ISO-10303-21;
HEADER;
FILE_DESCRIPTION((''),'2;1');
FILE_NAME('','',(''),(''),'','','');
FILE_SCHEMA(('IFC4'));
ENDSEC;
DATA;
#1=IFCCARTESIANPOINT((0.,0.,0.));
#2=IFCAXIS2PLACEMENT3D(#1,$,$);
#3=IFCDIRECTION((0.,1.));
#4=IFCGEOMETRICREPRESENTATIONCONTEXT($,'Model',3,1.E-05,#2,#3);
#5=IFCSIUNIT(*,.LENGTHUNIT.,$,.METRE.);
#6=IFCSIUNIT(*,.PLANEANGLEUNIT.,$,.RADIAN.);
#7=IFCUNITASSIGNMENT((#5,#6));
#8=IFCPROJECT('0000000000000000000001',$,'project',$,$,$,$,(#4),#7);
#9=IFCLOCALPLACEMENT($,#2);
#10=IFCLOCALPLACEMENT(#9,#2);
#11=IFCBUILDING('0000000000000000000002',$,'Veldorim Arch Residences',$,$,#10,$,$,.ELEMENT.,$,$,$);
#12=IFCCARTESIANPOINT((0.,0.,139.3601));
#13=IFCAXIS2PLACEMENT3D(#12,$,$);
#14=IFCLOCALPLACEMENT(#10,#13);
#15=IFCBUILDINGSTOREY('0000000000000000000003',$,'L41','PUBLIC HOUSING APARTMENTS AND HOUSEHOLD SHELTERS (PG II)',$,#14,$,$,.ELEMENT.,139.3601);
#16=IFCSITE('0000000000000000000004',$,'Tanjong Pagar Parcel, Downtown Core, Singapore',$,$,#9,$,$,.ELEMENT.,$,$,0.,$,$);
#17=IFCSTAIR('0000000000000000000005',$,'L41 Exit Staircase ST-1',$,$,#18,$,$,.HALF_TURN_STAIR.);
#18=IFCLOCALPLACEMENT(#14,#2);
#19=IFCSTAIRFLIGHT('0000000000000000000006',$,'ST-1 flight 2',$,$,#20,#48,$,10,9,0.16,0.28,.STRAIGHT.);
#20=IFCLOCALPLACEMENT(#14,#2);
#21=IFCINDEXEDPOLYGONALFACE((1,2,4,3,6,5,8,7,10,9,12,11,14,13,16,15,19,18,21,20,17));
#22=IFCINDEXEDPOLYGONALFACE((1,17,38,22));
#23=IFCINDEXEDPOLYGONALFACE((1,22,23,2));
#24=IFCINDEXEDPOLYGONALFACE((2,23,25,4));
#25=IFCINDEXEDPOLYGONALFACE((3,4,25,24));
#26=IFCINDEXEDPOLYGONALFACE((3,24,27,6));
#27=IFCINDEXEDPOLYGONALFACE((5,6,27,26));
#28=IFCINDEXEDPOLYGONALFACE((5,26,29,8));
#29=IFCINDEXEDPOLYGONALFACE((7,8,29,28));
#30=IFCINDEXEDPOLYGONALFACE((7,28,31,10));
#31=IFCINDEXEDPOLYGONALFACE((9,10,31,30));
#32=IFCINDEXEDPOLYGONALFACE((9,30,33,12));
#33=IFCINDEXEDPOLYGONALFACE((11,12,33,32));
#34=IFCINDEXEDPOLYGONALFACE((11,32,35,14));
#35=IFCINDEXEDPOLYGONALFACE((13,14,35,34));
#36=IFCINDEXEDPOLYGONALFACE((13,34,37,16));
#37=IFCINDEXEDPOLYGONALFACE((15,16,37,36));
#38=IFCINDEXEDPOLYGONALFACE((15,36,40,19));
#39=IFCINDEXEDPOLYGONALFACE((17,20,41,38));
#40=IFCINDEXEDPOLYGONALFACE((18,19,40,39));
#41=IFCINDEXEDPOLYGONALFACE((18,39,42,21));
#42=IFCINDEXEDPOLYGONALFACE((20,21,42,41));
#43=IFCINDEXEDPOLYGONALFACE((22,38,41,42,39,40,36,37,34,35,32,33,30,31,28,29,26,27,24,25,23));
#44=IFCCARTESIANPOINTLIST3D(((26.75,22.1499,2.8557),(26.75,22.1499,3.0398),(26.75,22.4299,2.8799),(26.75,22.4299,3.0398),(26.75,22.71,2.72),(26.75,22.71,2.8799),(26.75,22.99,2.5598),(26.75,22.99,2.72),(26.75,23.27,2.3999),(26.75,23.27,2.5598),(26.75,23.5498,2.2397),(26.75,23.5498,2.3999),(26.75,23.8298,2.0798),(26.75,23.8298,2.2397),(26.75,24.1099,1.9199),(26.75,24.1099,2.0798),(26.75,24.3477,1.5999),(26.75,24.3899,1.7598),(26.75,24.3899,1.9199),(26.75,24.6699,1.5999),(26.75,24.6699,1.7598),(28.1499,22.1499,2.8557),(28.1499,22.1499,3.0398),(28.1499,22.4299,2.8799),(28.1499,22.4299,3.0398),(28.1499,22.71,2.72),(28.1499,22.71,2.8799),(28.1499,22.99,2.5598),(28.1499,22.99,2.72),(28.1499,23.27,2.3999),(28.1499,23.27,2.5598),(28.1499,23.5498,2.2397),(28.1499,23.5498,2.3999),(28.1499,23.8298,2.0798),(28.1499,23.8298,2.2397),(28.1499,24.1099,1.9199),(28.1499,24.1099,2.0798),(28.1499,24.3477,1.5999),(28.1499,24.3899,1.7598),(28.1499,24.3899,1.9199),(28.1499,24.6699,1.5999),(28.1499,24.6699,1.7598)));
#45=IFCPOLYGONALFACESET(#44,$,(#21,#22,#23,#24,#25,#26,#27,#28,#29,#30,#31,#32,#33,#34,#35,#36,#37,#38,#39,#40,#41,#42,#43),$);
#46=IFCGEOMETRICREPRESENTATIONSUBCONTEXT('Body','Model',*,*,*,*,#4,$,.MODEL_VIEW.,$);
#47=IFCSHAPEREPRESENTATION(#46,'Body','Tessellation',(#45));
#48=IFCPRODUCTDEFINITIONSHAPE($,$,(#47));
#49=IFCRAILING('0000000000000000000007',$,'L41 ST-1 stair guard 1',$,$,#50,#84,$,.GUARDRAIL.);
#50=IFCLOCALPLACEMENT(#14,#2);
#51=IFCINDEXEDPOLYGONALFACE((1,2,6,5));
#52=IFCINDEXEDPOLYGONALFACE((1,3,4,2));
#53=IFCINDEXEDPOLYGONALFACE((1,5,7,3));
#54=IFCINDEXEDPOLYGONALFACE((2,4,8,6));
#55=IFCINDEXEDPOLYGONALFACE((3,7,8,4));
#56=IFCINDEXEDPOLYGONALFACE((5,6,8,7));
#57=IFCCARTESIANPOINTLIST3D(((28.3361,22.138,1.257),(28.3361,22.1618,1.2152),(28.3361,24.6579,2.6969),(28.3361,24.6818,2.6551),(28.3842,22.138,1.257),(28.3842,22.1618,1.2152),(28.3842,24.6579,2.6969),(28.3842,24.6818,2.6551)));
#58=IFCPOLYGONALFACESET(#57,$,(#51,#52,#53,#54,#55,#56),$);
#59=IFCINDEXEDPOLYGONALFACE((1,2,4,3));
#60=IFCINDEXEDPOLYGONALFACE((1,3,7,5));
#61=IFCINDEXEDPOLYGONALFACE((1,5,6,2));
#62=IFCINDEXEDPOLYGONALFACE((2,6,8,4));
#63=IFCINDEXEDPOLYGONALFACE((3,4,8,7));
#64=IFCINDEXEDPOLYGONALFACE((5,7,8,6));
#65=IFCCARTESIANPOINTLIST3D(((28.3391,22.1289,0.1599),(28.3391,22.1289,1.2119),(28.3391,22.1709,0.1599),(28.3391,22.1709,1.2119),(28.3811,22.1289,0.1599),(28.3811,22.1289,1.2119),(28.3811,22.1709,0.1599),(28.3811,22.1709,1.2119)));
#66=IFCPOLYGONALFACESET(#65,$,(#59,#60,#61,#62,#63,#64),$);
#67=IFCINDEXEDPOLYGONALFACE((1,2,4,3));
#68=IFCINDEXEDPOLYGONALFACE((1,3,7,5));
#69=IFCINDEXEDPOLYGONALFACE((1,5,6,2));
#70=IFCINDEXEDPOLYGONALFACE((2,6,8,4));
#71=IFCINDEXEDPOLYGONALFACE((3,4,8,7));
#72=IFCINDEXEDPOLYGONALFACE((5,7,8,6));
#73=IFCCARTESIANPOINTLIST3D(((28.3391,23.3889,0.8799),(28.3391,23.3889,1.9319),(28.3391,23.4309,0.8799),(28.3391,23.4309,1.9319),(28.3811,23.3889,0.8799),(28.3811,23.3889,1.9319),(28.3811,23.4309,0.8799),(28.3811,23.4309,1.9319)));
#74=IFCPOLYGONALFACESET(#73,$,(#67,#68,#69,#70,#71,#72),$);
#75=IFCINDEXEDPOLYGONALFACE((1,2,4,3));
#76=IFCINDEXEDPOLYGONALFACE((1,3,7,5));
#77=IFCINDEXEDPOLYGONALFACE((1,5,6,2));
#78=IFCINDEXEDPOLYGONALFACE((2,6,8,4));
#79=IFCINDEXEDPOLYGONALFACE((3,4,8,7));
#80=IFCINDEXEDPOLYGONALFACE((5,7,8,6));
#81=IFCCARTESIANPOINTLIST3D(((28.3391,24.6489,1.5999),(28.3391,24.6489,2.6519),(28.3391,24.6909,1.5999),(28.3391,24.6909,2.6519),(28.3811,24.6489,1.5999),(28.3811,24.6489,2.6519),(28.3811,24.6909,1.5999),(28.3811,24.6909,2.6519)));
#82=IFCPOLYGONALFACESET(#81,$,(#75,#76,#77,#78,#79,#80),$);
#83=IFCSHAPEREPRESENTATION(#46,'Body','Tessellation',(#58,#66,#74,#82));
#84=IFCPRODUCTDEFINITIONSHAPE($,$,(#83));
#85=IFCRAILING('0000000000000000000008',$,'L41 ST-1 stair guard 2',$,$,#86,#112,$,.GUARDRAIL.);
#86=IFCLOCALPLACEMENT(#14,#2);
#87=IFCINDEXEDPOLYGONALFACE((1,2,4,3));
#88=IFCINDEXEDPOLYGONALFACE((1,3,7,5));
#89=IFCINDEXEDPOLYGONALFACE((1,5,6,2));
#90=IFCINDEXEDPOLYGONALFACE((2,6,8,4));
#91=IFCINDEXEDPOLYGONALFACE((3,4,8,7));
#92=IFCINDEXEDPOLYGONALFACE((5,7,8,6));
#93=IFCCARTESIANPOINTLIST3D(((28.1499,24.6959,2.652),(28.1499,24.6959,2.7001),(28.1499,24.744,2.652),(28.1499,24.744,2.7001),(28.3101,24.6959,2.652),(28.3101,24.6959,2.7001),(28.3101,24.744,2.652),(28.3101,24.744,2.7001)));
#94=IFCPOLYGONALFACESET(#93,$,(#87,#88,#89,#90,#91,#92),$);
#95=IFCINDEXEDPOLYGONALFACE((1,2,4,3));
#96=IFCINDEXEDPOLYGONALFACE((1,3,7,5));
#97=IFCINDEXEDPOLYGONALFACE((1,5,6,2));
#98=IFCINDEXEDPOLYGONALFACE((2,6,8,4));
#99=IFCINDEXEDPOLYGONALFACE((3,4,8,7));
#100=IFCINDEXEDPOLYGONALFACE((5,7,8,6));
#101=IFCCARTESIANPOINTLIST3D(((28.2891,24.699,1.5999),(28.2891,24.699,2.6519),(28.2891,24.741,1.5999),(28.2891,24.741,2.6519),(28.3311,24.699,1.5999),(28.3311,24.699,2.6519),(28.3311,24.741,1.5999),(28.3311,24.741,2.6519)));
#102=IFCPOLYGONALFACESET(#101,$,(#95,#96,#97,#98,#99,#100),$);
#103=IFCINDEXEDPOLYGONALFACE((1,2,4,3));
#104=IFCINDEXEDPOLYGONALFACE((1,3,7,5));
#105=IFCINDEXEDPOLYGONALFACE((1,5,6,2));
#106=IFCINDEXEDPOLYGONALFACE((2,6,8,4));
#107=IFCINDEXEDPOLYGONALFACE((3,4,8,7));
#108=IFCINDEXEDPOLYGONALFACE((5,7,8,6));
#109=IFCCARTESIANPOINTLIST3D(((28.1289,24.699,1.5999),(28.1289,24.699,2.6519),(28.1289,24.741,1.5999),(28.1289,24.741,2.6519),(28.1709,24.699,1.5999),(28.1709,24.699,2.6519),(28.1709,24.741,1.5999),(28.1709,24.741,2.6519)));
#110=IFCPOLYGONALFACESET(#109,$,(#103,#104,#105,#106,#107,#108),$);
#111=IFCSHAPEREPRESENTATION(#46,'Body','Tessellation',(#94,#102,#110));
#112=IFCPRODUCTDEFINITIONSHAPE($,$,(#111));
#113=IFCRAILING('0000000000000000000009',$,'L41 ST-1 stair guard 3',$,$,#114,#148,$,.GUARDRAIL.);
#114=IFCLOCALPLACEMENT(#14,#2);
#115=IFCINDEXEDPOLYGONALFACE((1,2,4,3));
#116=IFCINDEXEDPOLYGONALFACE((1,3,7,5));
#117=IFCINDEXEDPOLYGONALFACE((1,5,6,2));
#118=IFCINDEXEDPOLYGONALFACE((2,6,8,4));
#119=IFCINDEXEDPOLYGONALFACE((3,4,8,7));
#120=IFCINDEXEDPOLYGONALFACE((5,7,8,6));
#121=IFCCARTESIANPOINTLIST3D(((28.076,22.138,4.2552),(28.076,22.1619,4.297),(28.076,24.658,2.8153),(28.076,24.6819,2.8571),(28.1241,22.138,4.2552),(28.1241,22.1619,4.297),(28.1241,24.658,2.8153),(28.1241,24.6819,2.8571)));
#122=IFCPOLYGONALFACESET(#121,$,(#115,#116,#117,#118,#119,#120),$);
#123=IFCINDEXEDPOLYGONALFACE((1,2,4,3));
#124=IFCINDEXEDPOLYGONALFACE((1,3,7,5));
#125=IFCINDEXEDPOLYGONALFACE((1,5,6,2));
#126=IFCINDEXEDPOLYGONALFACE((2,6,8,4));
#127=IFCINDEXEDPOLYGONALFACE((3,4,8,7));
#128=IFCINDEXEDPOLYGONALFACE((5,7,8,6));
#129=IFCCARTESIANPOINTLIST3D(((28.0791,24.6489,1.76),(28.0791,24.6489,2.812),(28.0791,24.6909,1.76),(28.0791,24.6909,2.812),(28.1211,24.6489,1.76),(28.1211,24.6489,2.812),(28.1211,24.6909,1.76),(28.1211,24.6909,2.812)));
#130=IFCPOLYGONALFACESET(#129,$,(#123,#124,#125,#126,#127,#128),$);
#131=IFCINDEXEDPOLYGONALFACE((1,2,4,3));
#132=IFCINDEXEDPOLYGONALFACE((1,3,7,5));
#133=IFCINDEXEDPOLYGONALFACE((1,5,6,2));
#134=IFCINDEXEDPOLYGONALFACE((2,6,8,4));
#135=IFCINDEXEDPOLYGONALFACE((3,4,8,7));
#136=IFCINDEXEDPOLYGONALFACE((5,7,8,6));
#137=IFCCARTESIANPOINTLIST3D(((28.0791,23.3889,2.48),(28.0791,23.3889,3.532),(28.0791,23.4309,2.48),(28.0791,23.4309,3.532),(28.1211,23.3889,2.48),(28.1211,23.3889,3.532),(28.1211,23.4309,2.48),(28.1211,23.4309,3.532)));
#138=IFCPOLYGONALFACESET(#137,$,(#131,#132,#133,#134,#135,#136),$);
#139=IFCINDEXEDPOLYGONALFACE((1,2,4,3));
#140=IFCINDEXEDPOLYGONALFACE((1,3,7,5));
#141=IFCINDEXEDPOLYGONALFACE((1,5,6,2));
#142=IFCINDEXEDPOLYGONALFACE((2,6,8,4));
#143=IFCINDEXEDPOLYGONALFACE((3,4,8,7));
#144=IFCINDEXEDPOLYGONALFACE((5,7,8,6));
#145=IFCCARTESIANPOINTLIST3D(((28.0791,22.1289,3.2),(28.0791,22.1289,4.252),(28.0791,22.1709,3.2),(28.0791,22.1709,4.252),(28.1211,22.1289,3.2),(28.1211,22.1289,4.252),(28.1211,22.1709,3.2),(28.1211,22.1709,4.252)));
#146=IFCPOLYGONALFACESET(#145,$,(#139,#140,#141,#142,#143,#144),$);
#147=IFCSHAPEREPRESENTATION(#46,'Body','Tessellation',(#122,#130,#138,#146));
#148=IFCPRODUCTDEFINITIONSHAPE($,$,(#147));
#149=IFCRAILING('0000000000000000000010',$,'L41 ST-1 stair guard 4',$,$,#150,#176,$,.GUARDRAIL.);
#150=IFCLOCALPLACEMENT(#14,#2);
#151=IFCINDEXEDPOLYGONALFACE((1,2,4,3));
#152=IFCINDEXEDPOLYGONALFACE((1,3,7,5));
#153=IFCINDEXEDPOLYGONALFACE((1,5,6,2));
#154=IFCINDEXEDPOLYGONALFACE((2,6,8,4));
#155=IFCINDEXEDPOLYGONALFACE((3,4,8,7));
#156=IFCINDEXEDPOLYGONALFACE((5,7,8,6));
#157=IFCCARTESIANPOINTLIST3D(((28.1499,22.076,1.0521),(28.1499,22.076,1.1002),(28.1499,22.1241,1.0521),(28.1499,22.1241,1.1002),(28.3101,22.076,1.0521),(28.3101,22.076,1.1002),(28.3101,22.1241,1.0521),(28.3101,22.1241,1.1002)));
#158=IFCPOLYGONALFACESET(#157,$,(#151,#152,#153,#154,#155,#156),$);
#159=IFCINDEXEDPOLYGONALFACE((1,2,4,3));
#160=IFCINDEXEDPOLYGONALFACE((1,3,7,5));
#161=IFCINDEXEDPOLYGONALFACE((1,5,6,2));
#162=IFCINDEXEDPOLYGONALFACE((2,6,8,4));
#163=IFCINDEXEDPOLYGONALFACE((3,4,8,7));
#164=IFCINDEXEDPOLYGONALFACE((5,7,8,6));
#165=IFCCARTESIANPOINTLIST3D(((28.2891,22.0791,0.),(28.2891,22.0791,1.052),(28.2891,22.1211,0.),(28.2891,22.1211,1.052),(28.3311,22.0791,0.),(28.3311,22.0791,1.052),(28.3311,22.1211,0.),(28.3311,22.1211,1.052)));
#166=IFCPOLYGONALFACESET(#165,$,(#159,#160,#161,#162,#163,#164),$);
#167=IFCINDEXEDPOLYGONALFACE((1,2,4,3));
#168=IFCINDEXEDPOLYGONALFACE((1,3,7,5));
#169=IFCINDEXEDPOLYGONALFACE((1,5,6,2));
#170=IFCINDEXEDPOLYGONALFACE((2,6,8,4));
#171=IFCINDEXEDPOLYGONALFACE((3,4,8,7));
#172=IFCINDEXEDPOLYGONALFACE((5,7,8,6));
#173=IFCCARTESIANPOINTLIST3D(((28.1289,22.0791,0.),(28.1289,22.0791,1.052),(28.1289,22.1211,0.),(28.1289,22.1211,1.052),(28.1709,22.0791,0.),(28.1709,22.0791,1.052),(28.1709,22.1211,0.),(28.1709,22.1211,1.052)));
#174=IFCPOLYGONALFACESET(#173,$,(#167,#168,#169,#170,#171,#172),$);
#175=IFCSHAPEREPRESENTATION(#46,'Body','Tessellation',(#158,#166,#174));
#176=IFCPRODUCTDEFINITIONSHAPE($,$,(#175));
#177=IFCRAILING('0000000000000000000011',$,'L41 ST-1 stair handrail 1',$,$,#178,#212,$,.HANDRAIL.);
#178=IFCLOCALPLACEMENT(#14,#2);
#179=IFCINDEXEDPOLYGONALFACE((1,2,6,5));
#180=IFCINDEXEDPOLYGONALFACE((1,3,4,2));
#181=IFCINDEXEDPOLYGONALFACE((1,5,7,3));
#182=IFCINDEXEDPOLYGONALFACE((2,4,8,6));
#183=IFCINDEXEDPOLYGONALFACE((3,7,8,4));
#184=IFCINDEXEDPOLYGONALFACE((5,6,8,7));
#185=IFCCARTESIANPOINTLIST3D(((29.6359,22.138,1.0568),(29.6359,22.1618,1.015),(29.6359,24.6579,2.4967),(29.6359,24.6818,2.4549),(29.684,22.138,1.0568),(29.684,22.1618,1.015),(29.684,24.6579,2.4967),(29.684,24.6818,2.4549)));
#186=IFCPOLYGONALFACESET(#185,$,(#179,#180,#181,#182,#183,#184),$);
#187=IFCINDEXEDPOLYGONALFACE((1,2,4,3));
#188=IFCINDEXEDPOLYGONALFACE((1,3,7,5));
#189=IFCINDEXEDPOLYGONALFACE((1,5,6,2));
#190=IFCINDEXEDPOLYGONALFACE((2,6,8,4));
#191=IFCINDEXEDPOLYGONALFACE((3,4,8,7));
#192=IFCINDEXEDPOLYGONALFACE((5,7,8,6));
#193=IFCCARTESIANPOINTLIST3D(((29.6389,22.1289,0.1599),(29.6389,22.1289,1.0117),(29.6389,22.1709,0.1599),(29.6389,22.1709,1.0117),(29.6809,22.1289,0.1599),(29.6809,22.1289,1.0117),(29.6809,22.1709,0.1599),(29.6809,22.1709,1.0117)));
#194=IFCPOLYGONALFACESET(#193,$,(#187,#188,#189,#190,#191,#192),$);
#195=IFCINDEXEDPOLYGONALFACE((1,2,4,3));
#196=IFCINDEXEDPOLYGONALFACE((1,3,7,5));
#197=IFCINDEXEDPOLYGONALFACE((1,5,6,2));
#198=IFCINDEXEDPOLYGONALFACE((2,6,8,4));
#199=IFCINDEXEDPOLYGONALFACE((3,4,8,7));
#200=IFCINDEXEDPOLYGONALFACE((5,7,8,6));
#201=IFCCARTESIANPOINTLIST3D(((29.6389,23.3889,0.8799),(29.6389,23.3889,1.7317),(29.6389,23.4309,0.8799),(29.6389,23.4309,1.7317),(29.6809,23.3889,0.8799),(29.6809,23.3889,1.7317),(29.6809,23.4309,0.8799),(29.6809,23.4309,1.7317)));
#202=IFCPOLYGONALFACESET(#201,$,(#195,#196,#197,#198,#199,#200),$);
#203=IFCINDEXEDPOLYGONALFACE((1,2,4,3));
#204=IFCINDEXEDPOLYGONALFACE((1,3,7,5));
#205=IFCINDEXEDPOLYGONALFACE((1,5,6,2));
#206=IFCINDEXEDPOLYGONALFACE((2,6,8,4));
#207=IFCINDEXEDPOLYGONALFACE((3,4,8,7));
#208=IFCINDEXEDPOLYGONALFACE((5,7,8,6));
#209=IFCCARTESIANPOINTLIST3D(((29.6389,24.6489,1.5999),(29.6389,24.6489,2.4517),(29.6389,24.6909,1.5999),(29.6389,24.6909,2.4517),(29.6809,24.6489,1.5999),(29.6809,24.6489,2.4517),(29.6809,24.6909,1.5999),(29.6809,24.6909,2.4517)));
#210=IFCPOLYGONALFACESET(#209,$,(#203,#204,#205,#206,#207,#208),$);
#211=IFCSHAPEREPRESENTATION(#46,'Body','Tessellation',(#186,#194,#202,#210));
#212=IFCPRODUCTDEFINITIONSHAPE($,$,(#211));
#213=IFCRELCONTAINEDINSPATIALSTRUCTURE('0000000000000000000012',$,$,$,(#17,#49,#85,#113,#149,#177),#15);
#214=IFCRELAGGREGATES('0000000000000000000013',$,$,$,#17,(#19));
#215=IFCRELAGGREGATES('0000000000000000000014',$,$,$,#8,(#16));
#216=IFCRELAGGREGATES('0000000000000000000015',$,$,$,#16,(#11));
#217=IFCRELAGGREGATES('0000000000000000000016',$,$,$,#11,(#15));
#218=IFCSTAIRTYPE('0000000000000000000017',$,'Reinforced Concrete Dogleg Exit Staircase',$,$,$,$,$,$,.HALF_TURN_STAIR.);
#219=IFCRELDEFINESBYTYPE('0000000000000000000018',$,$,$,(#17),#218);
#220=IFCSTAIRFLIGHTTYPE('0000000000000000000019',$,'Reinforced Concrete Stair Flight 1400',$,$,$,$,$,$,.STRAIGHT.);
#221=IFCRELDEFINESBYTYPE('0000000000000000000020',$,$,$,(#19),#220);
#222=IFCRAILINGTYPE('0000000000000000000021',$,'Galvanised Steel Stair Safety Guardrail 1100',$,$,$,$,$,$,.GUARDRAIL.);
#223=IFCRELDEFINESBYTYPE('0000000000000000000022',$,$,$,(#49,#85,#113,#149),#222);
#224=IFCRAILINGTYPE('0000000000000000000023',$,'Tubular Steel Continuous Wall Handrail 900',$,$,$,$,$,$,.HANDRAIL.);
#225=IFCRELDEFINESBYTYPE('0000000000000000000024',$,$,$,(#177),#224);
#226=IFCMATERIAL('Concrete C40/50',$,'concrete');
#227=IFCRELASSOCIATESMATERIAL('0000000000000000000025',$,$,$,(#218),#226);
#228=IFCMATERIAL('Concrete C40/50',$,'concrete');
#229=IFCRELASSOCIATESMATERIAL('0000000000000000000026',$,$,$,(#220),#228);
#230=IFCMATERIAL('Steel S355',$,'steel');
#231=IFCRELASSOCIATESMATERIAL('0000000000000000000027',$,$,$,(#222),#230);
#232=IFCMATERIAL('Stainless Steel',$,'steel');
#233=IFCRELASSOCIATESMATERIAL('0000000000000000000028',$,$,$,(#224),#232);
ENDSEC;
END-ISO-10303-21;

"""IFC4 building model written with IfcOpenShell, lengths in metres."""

from ifc_helpers import new_model, si_unit, direction, frame, origin, origin_2d, place, context, subcontext, project, spatial, polyline, rectangle, outline, extrude, material, type_object, element, aggregate, save


model = new_model("IFC4")

# Units and contexts
model_context = context("Model", 3, precision=1e-05, world=origin(), true_north=direction((0.0, 1.0)))
body_context = subcontext(model_context, "Body", "Model", "MODEL_VIEW")
ifc_project = project(units=[si_unit("LENGTHUNIT", "METRE"), si_unit("PLANEANGLEUNIT", "RADIAN")], contexts=[model_context])

# Site, building, storey
site_placement = place(None, origin())
site = spatial("IfcSite", under=ifc_project, at=site_placement, Name="Tanjong Pagar Parcel, Downtown Core, Singapore", CompositionType="ELEMENT", RefElevation=0.0)
building_placement = place(site_placement, origin())
building = spatial("IfcBuilding", under=site, at=building_placement, Name="Veldorim Arch Residences", CompositionType="ELEMENT")
storey_placement = place(building_placement, frame((0.0, 0.0, 139.3601)))
storey = spatial("IfcBuildingStorey", under=building, at=storey_placement, Name="L41", Description="PUBLIC HOUSING APARTMENTS AND HOUSEHOLD SHELTERS (PG II)", CompositionType="ELEMENT", Elevation=139.3601)

# Stair, stair flight
ifc_material_1 = material(Name="Concrete C40/50", Category="concrete")
stair_type = type_object("IfcStairType", Name="Reinforced Concrete Dogleg Exit Staircase", PredefinedType="HALF_TURN_STAIR", material=ifc_material_1)
stair_placement = place(storey_placement, origin())
stair = element("IfcStair", 1, at=stair_placement, inside=storey, type_object=stair_type, Name="L41 Exit Staircase ST-1", PredefinedType="HALF_TURN_STAIR")
ifc_material_2 = material(Name="Concrete C40/50", Category="concrete")
stair_flight_type = type_object("IfcStairFlightType", Name="Reinforced Concrete Stair Flight 1400", PredefinedType="STRAIGHT", material=ifc_material_2)
stair_flight_1_placement = place(storey_placement, frame((27.45, 24.6699, 1.5999), z_axis=(0.0, 0.0, 1.0), x_axis=(0.0, -1.0, 0.0)))
stair_flight_1 = element("IfcStairFlight", 2, at=stair_flight_1_placement, type_object=stair_flight_type, Name="ST-1 flight 2", NumberOfRisers=10, NumberOfTreads=9, PredefinedType="STRAIGHT", RiserHeight=0.16, TreadLength=0.28, context=body_context, shape_type="SweptSolid", body=[
    extrude(outline(polyline([(0.0, 0.0), (0.0, 0.1599), (0.28, 0.1599), (0.28, 0.3201), (0.5601, 0.3201), (0.5601, 0.48), (0.8401, 0.48), (0.8401, 0.6399), (1.1201, 0.6399), (1.1201, 0.8), (1.3999, 0.8), (1.3999, 0.96), (1.6799, 0.96), (1.6799, 1.1201), (1.96, 1.1201), (1.96, 1.28), (2.24, 1.28), (2.24, 1.4399), (2.52, 1.4399), (2.52, 1.6001), (2.52, 1.2559), (0.3223, 0.0), (0.0, 0.0)])), frame((0.0, 0.7, 0.0), z_axis=(0.0, -1.0, 0.0), x_axis=(1.0, 0.0, 0.0)), (0.0, 0.0, 1.0), 1.3999),
])
aggregate(stair, [stair_flight_1])

# Railings
ifc_material_3 = material(Name="Steel S355", Category="steel")
railing_type_1 = type_object("IfcRailingType", Name="Galvanised Steel Stair Safety Guardrail 1100", PredefinedType="GUARDRAIL", material=ifc_material_3)
railing_1_placement = place(storey_placement, frame((28.3601, 22.1499, 0.1599)))
element("IfcRailing", 3, at=railing_1_placement, inside=storey, type_object=railing_type_1, Name="L41 ST-1 stair guard 1", PredefinedType="GUARDRAIL", context=body_context, shape_type="SweptSolid", body=[
    extrude(rectangle(XDim=0.0481, YDim=0.0481, at=origin_2d()), frame((0.0, 0.0, 1.0762), z_axis=(0.0, 0.868253, 0.496121), x_axis=(-1.0, 0.0, 0.0)), (0.0, 0.0, 1.0), 2.9023),
    extrude(rectangle(XDim=0.042, YDim=0.042, at=origin_2d()), origin(), (0.0, 0.0, 1.0), 1.052),
    extrude(rectangle(XDim=0.042, YDim=0.042, at=origin_2d()), frame((0.0, 1.26, 0.72)), (0.0, 0.0, 1.0), 1.052),
    extrude(rectangle(XDim=0.042, YDim=0.042, at=origin_2d()), frame((0.0, 2.52, 1.4399)), (0.0, 0.0, 1.0), 1.052),
])
railing_2_placement = place(storey_placement, frame((28.3101, 24.72, 1.5999)))
element("IfcRailing", 4, at=railing_2_placement, inside=storey, type_object=railing_type_1, Name="L41 ST-1 stair guard 2", PredefinedType="GUARDRAIL", context=body_context, shape_type="SweptSolid", body=[
    extrude(rectangle(XDim=0.0481, YDim=0.0481, at=origin_2d()), frame((0.0, 0.0, 1.0762), z_axis=(-1.0, 0.0, 0.0), x_axis=(0.0, -1.0, 0.0)), (0.0, 0.0, 1.0), 0.1602),
    extrude(rectangle(XDim=0.042, YDim=0.042, at=origin_2d()), origin(), (0.0, 0.0, 1.0), 1.052),
    extrude(rectangle(XDim=0.042, YDim=0.042, at=origin_2d()), frame((-0.1602, 0.0, 0.0)), (0.0, 0.0, 1.0), 1.052),
])
railing_3_placement = place(storey_placement, frame((28.1001, 24.6699, 1.76)))
element("IfcRailing", 5, at=railing_3_placement, inside=storey, type_object=railing_type_1, Name="L41 ST-1 stair guard 3", PredefinedType="GUARDRAIL", context=body_context, shape_type="SweptSolid", body=[
    extrude(rectangle(XDim=0.0481, YDim=0.0481, at=origin_2d()), frame((0.0, 0.0, 1.0762), z_axis=(0.0, -0.868253, 0.496121), x_axis=(1.0, 0.0, 0.0)), (0.0, 0.0, 1.0), 2.9023),
    extrude(rectangle(XDim=0.042, YDim=0.042, at=origin_2d()), origin(), (0.0, 0.0, 1.0), 1.052),
    extrude(rectangle(XDim=0.042, YDim=0.042, at=origin_2d()), frame((0.0, -1.26, 0.72)), (0.0, 0.0, 1.0), 1.052),
    extrude(rectangle(XDim=0.042, YDim=0.042, at=origin_2d()), frame((0.0, -2.52, 1.4399)), (0.0, 0.0, 1.0), 1.052),
])
railing_4_placement = place(storey_placement, frame((28.3101, 22.1001, 0.0)))
element("IfcRailing", 6, at=railing_4_placement, inside=storey, type_object=railing_type_1, Name="L41 ST-1 stair guard 4", PredefinedType="GUARDRAIL", context=body_context, shape_type="SweptSolid", body=[
    extrude(rectangle(XDim=0.0481, YDim=0.0481, at=origin_2d()), frame((0.0, 0.0, 1.0762), z_axis=(-1.0, 0.0, 0.0), x_axis=(0.0, -1.0, 0.0)), (0.0, 0.0, 1.0), 0.1602),
    extrude(rectangle(XDim=0.042, YDim=0.042, at=origin_2d()), origin(), (0.0, 0.0, 1.0), 1.052),
    extrude(rectangle(XDim=0.042, YDim=0.042, at=origin_2d()), frame((-0.1602, 0.0, 0.0)), (0.0, 0.0, 1.0), 1.052),
])
ifc_material_4 = material(Name="Stainless Steel", Category="steel")
railing_type_2 = type_object("IfcRailingType", Name="Tubular Steel Continuous Wall Handrail 900", PredefinedType="HANDRAIL", material=ifc_material_4)
railing_5_placement = place(storey_placement, frame((29.6599, 22.1499, 0.1599)))
element("IfcRailing", 7, at=railing_5_placement, inside=storey, type_object=railing_type_2, Name="L41 ST-1 stair handrail 1", PredefinedType="HANDRAIL", context=body_context, shape_type="SweptSolid", body=[
    extrude(rectangle(XDim=0.0481, YDim=0.0481, at=origin_2d()), frame((0.0, 0.0, 0.876), z_axis=(0.0, 0.868253, 0.496121), x_axis=(-1.0, 0.0, 0.0)), (0.0, 0.0, 1.0), 2.9023),
    extrude(rectangle(XDim=0.042, YDim=0.042, at=origin_2d()), origin(), (0.0, 0.0, 1.0), 0.8518),
    extrude(rectangle(XDim=0.042, YDim=0.042, at=origin_2d()), frame((0.0, 1.26, 0.72)), (0.0, 0.0, 1.0), 0.8518),
    extrude(rectangle(XDim=0.042, YDim=0.042, at=origin_2d()), frame((0.0, 2.52, 1.4399)), (0.0, 0.0, 1.0), 0.8518),
])

save(model, "model.ifc")
